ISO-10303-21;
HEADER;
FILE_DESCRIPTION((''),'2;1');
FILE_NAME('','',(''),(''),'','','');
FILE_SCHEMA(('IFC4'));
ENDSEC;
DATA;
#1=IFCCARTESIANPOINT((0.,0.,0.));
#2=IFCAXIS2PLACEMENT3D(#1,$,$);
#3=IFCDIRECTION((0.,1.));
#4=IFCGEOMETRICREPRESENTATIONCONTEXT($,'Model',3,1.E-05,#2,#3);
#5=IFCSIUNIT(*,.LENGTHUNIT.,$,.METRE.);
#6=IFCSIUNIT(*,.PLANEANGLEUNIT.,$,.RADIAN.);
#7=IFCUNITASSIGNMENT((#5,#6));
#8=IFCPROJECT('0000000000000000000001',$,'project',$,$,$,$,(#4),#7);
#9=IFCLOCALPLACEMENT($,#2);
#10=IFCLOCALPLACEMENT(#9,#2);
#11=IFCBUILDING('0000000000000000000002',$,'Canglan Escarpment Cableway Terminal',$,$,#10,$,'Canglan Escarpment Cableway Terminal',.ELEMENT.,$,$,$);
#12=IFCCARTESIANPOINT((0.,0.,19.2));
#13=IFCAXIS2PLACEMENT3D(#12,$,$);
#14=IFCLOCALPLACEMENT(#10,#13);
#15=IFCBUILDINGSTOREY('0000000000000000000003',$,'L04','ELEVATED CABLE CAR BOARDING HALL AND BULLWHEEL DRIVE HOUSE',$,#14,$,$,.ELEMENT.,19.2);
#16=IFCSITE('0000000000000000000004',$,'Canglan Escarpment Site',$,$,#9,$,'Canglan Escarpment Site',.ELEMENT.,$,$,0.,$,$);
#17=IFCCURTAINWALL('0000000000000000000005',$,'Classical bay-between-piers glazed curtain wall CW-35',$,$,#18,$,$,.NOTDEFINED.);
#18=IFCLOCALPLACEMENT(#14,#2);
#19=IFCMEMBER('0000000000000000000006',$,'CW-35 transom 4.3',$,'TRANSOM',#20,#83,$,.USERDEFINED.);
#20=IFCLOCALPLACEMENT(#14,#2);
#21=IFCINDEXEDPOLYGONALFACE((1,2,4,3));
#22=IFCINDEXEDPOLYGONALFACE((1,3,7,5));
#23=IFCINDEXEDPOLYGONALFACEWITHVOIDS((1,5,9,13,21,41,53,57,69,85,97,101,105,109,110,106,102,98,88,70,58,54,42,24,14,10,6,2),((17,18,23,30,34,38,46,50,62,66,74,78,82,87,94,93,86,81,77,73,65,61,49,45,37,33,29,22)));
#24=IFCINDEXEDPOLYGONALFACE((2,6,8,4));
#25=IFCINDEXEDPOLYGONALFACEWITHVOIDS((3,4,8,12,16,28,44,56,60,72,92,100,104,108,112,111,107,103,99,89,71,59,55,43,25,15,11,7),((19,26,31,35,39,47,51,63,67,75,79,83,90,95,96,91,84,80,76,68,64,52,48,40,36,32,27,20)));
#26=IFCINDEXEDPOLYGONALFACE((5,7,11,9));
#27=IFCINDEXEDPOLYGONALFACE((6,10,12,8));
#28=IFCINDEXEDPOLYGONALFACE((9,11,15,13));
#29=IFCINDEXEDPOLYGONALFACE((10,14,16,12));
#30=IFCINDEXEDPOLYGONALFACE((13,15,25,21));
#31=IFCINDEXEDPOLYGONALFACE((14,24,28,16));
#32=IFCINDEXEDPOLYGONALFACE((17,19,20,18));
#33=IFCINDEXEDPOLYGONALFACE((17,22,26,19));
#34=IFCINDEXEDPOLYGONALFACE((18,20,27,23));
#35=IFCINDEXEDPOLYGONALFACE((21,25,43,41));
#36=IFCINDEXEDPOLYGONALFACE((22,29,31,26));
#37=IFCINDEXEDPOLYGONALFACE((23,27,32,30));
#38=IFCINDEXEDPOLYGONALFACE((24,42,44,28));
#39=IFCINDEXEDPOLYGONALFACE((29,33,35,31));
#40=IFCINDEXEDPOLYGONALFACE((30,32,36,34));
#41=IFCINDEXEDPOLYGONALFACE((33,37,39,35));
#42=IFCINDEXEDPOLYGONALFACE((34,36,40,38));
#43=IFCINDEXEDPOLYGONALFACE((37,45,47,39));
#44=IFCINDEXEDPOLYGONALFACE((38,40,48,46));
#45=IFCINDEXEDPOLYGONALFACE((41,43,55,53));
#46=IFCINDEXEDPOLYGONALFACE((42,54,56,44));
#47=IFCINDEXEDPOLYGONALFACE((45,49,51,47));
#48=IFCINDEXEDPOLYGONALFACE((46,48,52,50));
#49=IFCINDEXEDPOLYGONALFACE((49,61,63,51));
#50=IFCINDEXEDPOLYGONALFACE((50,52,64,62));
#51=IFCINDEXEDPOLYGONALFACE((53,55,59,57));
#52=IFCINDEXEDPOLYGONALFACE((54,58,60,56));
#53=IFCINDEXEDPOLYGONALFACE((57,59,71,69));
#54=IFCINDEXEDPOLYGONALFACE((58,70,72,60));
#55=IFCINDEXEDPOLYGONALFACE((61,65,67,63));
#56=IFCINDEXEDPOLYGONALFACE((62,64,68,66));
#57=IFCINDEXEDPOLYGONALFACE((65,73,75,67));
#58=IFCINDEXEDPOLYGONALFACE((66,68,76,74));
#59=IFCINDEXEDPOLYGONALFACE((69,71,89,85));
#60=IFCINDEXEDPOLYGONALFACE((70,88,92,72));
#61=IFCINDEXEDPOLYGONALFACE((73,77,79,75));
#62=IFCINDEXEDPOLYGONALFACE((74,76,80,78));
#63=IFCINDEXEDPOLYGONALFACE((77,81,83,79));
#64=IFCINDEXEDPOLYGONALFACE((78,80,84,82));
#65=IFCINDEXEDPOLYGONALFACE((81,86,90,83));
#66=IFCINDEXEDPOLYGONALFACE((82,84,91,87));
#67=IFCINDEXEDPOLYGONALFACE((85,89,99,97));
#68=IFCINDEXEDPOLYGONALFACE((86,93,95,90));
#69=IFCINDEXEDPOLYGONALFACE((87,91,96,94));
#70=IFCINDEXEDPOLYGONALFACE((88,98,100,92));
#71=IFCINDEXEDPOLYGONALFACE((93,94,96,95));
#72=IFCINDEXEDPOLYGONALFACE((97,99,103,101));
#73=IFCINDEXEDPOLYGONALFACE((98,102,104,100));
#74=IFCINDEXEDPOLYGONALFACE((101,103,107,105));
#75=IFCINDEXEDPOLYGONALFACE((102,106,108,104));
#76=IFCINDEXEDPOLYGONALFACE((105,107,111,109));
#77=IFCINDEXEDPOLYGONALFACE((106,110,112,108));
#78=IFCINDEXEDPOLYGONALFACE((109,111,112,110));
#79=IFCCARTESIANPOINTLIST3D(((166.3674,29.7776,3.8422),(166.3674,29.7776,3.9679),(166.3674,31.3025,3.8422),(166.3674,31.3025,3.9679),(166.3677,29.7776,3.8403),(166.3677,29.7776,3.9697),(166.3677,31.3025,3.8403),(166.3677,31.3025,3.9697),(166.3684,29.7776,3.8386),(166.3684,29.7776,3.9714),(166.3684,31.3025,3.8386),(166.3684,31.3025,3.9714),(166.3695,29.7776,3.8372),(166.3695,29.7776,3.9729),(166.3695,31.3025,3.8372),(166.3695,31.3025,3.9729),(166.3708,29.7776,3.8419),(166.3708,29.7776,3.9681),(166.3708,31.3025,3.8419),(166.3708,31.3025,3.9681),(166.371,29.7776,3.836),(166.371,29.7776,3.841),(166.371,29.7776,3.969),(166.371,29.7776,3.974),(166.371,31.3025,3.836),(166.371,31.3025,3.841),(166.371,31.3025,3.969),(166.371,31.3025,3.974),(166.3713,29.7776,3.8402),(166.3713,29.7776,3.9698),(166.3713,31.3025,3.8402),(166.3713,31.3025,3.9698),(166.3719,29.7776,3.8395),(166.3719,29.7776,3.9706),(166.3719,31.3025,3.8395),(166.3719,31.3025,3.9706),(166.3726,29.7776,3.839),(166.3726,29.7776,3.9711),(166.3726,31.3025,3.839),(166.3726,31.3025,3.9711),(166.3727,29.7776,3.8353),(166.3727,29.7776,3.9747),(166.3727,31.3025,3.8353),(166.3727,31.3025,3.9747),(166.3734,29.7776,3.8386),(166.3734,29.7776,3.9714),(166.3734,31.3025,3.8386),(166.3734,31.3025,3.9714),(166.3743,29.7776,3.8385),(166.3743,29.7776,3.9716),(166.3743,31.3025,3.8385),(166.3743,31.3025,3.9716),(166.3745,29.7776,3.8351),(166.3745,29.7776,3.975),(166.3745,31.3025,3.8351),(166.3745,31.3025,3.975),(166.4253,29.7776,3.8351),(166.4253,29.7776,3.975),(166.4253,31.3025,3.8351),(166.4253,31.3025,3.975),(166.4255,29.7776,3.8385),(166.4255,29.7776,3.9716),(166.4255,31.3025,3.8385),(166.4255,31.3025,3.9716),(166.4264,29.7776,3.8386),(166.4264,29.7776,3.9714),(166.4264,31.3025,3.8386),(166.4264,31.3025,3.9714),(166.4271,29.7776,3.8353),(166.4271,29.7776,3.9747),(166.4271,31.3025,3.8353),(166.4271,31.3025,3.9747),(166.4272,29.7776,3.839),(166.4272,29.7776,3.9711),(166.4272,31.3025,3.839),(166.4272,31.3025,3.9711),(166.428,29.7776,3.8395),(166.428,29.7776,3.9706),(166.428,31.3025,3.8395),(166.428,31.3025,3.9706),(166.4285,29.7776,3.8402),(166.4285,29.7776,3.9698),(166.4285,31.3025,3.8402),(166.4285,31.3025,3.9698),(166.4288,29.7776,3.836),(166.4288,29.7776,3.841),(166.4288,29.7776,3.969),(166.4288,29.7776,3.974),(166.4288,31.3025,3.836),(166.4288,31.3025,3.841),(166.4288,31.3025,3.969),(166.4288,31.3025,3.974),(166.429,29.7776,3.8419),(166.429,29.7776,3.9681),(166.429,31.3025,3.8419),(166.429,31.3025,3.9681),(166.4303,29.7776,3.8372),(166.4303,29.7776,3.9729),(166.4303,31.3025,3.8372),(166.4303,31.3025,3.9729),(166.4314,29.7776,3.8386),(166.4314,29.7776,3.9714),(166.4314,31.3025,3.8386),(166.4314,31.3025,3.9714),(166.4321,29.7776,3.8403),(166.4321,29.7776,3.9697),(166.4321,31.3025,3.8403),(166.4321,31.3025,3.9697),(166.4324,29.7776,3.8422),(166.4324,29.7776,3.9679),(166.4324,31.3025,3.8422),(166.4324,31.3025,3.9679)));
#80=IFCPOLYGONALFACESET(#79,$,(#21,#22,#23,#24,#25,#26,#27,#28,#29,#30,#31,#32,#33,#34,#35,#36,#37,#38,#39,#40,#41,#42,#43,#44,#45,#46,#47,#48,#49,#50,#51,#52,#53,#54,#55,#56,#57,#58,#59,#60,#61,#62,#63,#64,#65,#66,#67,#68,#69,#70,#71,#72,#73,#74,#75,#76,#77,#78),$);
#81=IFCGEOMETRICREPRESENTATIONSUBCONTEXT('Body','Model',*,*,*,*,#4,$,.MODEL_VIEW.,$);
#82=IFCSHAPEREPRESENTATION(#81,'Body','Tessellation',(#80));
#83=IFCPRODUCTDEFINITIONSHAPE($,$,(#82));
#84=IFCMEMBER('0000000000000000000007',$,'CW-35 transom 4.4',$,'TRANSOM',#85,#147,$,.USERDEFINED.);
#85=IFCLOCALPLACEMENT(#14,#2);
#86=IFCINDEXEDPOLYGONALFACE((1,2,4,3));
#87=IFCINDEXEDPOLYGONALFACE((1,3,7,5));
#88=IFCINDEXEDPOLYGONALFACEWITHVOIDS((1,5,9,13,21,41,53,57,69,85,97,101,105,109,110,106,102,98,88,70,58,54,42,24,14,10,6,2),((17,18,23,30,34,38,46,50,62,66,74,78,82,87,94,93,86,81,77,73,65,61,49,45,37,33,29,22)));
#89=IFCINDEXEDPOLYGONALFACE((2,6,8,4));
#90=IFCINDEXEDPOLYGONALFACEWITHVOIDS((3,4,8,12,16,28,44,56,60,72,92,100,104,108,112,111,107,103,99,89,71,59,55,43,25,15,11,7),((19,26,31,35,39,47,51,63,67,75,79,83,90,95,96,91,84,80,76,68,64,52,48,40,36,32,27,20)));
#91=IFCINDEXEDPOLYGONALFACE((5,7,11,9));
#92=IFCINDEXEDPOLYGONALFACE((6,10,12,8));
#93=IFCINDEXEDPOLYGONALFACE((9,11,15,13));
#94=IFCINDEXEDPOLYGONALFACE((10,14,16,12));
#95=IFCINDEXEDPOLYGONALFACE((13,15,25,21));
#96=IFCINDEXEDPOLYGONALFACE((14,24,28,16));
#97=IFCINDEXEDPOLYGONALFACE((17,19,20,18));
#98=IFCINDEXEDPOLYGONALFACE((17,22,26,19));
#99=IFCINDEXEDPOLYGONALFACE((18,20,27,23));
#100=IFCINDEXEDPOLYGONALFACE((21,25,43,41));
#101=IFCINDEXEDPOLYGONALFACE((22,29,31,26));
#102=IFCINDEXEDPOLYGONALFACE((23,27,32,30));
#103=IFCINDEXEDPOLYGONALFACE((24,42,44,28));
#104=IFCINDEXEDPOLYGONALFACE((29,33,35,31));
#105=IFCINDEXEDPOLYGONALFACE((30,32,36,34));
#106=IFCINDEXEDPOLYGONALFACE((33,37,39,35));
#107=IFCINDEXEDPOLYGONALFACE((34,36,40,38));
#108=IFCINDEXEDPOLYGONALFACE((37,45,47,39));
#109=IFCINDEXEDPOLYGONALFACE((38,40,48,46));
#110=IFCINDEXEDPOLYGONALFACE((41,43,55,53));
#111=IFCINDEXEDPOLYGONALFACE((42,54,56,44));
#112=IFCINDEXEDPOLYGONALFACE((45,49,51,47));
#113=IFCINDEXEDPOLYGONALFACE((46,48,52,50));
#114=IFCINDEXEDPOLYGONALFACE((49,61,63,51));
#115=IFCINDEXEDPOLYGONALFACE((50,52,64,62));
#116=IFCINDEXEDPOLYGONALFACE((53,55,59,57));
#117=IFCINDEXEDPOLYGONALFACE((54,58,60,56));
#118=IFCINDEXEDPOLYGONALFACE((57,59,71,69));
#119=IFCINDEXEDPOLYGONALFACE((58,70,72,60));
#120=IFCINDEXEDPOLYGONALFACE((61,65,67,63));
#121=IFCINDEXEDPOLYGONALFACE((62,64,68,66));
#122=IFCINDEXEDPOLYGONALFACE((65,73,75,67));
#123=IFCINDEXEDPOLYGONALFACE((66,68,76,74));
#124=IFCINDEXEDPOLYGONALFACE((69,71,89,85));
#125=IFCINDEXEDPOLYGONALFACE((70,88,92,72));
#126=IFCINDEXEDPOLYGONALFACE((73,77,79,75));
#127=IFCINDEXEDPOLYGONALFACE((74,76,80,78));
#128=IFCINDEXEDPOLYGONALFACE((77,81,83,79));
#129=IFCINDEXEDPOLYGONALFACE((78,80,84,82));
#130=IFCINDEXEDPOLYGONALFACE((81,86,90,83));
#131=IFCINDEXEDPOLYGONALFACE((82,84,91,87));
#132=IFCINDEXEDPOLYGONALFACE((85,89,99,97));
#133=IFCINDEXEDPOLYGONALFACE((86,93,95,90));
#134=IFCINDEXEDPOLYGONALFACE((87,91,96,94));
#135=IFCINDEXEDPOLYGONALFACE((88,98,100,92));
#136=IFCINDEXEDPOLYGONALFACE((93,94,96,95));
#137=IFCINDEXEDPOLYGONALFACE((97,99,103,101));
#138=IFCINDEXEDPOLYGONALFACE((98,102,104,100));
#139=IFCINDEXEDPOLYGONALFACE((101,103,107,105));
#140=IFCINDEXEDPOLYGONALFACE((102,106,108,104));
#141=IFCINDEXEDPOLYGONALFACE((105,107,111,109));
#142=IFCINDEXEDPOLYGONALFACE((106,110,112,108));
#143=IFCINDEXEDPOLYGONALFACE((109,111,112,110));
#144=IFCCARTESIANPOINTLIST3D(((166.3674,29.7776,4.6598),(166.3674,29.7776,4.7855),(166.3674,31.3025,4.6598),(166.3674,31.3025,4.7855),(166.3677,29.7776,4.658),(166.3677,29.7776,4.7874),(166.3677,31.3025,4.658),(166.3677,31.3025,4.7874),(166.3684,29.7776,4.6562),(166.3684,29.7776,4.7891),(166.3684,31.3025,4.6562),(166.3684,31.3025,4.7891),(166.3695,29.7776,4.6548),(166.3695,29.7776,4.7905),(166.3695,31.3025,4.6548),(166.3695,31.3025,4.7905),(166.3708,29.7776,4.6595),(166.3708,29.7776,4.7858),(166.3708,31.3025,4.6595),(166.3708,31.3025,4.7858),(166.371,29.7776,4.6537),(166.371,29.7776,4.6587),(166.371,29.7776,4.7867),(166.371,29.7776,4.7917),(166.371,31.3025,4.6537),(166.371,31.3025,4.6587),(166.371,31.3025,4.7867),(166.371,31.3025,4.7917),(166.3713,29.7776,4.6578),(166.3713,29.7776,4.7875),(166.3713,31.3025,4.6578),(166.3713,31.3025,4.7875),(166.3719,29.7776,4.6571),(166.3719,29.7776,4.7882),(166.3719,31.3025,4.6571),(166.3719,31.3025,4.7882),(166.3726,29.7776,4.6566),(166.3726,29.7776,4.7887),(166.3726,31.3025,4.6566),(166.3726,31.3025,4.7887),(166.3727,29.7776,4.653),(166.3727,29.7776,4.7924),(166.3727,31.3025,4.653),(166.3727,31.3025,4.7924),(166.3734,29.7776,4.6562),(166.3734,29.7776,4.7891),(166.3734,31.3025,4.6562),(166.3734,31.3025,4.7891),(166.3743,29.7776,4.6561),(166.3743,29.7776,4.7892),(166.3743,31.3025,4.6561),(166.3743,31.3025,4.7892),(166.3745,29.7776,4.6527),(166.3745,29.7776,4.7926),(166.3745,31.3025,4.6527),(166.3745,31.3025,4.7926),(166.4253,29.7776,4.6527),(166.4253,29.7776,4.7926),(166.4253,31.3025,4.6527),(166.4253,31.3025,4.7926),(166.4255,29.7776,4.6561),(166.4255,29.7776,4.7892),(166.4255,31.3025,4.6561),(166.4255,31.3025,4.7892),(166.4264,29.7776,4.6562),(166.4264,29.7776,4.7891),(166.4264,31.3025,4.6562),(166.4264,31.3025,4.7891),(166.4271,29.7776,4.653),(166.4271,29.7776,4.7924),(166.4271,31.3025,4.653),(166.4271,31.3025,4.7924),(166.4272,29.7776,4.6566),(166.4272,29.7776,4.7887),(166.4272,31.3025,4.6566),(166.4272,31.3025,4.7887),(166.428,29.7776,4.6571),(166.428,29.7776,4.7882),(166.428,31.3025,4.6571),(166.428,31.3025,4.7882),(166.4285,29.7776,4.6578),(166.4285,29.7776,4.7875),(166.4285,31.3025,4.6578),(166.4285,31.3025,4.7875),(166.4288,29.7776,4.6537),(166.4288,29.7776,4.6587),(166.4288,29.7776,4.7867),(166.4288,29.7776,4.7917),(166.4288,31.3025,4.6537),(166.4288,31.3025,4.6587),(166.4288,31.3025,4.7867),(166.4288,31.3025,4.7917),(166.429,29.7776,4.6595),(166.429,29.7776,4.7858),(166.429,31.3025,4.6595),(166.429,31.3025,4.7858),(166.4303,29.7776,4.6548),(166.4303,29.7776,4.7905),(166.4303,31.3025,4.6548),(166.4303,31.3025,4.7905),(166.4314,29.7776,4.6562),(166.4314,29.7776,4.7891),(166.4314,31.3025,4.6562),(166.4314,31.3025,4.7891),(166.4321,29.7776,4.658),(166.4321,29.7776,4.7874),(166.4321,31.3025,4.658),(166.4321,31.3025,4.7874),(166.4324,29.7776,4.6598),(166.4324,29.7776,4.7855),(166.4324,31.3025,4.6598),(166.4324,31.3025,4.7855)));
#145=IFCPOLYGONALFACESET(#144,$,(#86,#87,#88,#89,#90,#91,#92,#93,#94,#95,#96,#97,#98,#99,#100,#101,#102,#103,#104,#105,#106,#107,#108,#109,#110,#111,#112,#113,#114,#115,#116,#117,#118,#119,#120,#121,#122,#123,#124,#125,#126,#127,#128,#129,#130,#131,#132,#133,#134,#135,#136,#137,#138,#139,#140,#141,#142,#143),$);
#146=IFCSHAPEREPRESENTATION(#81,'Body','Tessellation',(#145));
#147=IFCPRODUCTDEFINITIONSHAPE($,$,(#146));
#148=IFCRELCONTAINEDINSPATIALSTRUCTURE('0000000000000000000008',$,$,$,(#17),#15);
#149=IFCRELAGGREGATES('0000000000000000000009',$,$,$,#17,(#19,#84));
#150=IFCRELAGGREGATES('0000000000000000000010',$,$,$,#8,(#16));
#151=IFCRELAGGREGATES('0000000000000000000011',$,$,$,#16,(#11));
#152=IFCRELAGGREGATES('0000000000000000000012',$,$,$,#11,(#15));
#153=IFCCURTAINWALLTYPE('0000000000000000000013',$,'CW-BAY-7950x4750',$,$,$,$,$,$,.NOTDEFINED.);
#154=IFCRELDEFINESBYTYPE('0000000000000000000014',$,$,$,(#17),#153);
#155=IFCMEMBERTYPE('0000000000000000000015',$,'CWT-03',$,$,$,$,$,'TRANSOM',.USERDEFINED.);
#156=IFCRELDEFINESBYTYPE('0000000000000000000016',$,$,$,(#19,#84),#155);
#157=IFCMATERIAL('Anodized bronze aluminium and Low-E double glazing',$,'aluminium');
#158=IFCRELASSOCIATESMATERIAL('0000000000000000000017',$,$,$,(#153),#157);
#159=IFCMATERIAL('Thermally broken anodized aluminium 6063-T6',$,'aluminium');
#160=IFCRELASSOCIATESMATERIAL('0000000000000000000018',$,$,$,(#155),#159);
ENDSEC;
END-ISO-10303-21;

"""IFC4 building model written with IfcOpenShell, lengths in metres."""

from ifc_helpers import new_model, si_unit, direction, frame, origin, origin_2d, place, context, subcontext, project, spatial, hollow_rectangle, extrude, material, material_profile, profile_set, type_object, element, aggregate, save


model = new_model("IFC4")

# Units and contexts
model_context = context("Model", 3, precision=1e-05, world=origin(), true_north=direction((0.0, 1.0)))
body_context = subcontext(model_context, "Body", "Model", "MODEL_VIEW")
ifc_project = project(units=[si_unit("LENGTHUNIT", "METRE"), si_unit("PLANEANGLEUNIT", "RADIAN")], contexts=[model_context])

# Site, building, storey
site_placement = place(None, origin())
site = spatial("IfcSite", under=ifc_project, at=site_placement, Name="Canglan Escarpment Site", LongName="Canglan Escarpment Site", CompositionType="ELEMENT", RefElevation=0.0)
building_placement = place(site_placement, origin())
building = spatial("IfcBuilding", under=site, at=building_placement, Name="Canglan Escarpment Cableway Terminal", LongName="Canglan Escarpment Cableway Terminal", CompositionType="ELEMENT")
storey_placement = place(building_placement, frame((0.0, 0.0, 19.2)))
storey = spatial("IfcBuildingStorey", under=building, at=storey_placement, Name="L04", Description="ELEVATED CABLE CAR BOARDING HALL AND BULLWHEEL DRIVE HOUSE", CompositionType="ELEMENT", Elevation=19.2)

# Curtain wall, members
ifc_material_1 = material(Name="Anodized bronze aluminium and Low-E double glazing", Category="aluminium")
curtain_wall_type = type_object("IfcCurtainWallType", Name="CW-BAY-7950x4750", PredefinedType="NOTDEFINED", material=ifc_material_1)
curtain_wall_placement = place(storey_placement, origin())
curtain_wall = element("IfcCurtainWall", 1, at=curtain_wall_placement, inside=storey, type_object=curtain_wall_type, Name="Classical bay-between-piers glazed curtain wall CW-35", PredefinedType="NOTDEFINED")
ifc_material_2 = material(Name="Thermally broken anodized aluminium 6063-T6", Category="aluminium")
ifc_material_profile_1 = material_profile(ifc_material_2, hollow_rectangle(XDim=0.0649, YDim=0.1399, WallThickness=0.0034, InnerFilletRadius=0.0034, OuterFilletRadius=0.0071, at=origin_2d()), Name="ALU-TRAN 65x140x3.5")
ifc_profile_set_1 = profile_set([ifc_material_profile_1], Name="Thermally broken anodized aluminium 6063-T6")
member_type_1 = type_object("IfcMemberType", Name="CWT-03", ElementType="TRANSOM", PredefinedType="USERDEFINED", material=ifc_profile_set_1)
member_1_placement = place(storey_placement, frame((166.3999, 29.7776, 3.905), z_axis=(0.0, 1.0, 0.0), x_axis=(-1.0, 0.0, 0.0)))
member_1 = element("IfcMember", 2, at=member_1_placement, type_object=member_type_1, Name="CW-35 transom 4.3", ObjectType="TRANSOM", PredefinedType="USERDEFINED", context=body_context, shape_type="SweptSolid", body=[
    extrude(hollow_rectangle(XDim=0.0649, YDim=0.1399, WallThickness=0.0034, InnerFilletRadius=0.0034, OuterFilletRadius=0.0071, at=origin_2d()), origin(), (0.0, 0.0, 1.0), 1.5249),
])
member_2_placement = place(storey_placement, frame((166.3999, 29.7776, 4.7227), z_axis=(0.0, 1.0, 0.0), x_axis=(-1.0, 0.0, 0.0)))
member_2 = element("IfcMember", 3, at=member_2_placement, type_object=member_type_1, Name="CW-35 transom 4.4", ObjectType="TRANSOM", PredefinedType="USERDEFINED", context=body_context, shape_type="SweptSolid", body=[
    extrude(hollow_rectangle(XDim=0.0649, YDim=0.1399, WallThickness=0.0034, InnerFilletRadius=0.0034, OuterFilletRadius=0.0071, at=origin_2d()), origin(), (0.0, 0.0, 1.0), 1.5249),
])
aggregate(curtain_wall, [member_1, member_2])

save(model, "model.ifc")
